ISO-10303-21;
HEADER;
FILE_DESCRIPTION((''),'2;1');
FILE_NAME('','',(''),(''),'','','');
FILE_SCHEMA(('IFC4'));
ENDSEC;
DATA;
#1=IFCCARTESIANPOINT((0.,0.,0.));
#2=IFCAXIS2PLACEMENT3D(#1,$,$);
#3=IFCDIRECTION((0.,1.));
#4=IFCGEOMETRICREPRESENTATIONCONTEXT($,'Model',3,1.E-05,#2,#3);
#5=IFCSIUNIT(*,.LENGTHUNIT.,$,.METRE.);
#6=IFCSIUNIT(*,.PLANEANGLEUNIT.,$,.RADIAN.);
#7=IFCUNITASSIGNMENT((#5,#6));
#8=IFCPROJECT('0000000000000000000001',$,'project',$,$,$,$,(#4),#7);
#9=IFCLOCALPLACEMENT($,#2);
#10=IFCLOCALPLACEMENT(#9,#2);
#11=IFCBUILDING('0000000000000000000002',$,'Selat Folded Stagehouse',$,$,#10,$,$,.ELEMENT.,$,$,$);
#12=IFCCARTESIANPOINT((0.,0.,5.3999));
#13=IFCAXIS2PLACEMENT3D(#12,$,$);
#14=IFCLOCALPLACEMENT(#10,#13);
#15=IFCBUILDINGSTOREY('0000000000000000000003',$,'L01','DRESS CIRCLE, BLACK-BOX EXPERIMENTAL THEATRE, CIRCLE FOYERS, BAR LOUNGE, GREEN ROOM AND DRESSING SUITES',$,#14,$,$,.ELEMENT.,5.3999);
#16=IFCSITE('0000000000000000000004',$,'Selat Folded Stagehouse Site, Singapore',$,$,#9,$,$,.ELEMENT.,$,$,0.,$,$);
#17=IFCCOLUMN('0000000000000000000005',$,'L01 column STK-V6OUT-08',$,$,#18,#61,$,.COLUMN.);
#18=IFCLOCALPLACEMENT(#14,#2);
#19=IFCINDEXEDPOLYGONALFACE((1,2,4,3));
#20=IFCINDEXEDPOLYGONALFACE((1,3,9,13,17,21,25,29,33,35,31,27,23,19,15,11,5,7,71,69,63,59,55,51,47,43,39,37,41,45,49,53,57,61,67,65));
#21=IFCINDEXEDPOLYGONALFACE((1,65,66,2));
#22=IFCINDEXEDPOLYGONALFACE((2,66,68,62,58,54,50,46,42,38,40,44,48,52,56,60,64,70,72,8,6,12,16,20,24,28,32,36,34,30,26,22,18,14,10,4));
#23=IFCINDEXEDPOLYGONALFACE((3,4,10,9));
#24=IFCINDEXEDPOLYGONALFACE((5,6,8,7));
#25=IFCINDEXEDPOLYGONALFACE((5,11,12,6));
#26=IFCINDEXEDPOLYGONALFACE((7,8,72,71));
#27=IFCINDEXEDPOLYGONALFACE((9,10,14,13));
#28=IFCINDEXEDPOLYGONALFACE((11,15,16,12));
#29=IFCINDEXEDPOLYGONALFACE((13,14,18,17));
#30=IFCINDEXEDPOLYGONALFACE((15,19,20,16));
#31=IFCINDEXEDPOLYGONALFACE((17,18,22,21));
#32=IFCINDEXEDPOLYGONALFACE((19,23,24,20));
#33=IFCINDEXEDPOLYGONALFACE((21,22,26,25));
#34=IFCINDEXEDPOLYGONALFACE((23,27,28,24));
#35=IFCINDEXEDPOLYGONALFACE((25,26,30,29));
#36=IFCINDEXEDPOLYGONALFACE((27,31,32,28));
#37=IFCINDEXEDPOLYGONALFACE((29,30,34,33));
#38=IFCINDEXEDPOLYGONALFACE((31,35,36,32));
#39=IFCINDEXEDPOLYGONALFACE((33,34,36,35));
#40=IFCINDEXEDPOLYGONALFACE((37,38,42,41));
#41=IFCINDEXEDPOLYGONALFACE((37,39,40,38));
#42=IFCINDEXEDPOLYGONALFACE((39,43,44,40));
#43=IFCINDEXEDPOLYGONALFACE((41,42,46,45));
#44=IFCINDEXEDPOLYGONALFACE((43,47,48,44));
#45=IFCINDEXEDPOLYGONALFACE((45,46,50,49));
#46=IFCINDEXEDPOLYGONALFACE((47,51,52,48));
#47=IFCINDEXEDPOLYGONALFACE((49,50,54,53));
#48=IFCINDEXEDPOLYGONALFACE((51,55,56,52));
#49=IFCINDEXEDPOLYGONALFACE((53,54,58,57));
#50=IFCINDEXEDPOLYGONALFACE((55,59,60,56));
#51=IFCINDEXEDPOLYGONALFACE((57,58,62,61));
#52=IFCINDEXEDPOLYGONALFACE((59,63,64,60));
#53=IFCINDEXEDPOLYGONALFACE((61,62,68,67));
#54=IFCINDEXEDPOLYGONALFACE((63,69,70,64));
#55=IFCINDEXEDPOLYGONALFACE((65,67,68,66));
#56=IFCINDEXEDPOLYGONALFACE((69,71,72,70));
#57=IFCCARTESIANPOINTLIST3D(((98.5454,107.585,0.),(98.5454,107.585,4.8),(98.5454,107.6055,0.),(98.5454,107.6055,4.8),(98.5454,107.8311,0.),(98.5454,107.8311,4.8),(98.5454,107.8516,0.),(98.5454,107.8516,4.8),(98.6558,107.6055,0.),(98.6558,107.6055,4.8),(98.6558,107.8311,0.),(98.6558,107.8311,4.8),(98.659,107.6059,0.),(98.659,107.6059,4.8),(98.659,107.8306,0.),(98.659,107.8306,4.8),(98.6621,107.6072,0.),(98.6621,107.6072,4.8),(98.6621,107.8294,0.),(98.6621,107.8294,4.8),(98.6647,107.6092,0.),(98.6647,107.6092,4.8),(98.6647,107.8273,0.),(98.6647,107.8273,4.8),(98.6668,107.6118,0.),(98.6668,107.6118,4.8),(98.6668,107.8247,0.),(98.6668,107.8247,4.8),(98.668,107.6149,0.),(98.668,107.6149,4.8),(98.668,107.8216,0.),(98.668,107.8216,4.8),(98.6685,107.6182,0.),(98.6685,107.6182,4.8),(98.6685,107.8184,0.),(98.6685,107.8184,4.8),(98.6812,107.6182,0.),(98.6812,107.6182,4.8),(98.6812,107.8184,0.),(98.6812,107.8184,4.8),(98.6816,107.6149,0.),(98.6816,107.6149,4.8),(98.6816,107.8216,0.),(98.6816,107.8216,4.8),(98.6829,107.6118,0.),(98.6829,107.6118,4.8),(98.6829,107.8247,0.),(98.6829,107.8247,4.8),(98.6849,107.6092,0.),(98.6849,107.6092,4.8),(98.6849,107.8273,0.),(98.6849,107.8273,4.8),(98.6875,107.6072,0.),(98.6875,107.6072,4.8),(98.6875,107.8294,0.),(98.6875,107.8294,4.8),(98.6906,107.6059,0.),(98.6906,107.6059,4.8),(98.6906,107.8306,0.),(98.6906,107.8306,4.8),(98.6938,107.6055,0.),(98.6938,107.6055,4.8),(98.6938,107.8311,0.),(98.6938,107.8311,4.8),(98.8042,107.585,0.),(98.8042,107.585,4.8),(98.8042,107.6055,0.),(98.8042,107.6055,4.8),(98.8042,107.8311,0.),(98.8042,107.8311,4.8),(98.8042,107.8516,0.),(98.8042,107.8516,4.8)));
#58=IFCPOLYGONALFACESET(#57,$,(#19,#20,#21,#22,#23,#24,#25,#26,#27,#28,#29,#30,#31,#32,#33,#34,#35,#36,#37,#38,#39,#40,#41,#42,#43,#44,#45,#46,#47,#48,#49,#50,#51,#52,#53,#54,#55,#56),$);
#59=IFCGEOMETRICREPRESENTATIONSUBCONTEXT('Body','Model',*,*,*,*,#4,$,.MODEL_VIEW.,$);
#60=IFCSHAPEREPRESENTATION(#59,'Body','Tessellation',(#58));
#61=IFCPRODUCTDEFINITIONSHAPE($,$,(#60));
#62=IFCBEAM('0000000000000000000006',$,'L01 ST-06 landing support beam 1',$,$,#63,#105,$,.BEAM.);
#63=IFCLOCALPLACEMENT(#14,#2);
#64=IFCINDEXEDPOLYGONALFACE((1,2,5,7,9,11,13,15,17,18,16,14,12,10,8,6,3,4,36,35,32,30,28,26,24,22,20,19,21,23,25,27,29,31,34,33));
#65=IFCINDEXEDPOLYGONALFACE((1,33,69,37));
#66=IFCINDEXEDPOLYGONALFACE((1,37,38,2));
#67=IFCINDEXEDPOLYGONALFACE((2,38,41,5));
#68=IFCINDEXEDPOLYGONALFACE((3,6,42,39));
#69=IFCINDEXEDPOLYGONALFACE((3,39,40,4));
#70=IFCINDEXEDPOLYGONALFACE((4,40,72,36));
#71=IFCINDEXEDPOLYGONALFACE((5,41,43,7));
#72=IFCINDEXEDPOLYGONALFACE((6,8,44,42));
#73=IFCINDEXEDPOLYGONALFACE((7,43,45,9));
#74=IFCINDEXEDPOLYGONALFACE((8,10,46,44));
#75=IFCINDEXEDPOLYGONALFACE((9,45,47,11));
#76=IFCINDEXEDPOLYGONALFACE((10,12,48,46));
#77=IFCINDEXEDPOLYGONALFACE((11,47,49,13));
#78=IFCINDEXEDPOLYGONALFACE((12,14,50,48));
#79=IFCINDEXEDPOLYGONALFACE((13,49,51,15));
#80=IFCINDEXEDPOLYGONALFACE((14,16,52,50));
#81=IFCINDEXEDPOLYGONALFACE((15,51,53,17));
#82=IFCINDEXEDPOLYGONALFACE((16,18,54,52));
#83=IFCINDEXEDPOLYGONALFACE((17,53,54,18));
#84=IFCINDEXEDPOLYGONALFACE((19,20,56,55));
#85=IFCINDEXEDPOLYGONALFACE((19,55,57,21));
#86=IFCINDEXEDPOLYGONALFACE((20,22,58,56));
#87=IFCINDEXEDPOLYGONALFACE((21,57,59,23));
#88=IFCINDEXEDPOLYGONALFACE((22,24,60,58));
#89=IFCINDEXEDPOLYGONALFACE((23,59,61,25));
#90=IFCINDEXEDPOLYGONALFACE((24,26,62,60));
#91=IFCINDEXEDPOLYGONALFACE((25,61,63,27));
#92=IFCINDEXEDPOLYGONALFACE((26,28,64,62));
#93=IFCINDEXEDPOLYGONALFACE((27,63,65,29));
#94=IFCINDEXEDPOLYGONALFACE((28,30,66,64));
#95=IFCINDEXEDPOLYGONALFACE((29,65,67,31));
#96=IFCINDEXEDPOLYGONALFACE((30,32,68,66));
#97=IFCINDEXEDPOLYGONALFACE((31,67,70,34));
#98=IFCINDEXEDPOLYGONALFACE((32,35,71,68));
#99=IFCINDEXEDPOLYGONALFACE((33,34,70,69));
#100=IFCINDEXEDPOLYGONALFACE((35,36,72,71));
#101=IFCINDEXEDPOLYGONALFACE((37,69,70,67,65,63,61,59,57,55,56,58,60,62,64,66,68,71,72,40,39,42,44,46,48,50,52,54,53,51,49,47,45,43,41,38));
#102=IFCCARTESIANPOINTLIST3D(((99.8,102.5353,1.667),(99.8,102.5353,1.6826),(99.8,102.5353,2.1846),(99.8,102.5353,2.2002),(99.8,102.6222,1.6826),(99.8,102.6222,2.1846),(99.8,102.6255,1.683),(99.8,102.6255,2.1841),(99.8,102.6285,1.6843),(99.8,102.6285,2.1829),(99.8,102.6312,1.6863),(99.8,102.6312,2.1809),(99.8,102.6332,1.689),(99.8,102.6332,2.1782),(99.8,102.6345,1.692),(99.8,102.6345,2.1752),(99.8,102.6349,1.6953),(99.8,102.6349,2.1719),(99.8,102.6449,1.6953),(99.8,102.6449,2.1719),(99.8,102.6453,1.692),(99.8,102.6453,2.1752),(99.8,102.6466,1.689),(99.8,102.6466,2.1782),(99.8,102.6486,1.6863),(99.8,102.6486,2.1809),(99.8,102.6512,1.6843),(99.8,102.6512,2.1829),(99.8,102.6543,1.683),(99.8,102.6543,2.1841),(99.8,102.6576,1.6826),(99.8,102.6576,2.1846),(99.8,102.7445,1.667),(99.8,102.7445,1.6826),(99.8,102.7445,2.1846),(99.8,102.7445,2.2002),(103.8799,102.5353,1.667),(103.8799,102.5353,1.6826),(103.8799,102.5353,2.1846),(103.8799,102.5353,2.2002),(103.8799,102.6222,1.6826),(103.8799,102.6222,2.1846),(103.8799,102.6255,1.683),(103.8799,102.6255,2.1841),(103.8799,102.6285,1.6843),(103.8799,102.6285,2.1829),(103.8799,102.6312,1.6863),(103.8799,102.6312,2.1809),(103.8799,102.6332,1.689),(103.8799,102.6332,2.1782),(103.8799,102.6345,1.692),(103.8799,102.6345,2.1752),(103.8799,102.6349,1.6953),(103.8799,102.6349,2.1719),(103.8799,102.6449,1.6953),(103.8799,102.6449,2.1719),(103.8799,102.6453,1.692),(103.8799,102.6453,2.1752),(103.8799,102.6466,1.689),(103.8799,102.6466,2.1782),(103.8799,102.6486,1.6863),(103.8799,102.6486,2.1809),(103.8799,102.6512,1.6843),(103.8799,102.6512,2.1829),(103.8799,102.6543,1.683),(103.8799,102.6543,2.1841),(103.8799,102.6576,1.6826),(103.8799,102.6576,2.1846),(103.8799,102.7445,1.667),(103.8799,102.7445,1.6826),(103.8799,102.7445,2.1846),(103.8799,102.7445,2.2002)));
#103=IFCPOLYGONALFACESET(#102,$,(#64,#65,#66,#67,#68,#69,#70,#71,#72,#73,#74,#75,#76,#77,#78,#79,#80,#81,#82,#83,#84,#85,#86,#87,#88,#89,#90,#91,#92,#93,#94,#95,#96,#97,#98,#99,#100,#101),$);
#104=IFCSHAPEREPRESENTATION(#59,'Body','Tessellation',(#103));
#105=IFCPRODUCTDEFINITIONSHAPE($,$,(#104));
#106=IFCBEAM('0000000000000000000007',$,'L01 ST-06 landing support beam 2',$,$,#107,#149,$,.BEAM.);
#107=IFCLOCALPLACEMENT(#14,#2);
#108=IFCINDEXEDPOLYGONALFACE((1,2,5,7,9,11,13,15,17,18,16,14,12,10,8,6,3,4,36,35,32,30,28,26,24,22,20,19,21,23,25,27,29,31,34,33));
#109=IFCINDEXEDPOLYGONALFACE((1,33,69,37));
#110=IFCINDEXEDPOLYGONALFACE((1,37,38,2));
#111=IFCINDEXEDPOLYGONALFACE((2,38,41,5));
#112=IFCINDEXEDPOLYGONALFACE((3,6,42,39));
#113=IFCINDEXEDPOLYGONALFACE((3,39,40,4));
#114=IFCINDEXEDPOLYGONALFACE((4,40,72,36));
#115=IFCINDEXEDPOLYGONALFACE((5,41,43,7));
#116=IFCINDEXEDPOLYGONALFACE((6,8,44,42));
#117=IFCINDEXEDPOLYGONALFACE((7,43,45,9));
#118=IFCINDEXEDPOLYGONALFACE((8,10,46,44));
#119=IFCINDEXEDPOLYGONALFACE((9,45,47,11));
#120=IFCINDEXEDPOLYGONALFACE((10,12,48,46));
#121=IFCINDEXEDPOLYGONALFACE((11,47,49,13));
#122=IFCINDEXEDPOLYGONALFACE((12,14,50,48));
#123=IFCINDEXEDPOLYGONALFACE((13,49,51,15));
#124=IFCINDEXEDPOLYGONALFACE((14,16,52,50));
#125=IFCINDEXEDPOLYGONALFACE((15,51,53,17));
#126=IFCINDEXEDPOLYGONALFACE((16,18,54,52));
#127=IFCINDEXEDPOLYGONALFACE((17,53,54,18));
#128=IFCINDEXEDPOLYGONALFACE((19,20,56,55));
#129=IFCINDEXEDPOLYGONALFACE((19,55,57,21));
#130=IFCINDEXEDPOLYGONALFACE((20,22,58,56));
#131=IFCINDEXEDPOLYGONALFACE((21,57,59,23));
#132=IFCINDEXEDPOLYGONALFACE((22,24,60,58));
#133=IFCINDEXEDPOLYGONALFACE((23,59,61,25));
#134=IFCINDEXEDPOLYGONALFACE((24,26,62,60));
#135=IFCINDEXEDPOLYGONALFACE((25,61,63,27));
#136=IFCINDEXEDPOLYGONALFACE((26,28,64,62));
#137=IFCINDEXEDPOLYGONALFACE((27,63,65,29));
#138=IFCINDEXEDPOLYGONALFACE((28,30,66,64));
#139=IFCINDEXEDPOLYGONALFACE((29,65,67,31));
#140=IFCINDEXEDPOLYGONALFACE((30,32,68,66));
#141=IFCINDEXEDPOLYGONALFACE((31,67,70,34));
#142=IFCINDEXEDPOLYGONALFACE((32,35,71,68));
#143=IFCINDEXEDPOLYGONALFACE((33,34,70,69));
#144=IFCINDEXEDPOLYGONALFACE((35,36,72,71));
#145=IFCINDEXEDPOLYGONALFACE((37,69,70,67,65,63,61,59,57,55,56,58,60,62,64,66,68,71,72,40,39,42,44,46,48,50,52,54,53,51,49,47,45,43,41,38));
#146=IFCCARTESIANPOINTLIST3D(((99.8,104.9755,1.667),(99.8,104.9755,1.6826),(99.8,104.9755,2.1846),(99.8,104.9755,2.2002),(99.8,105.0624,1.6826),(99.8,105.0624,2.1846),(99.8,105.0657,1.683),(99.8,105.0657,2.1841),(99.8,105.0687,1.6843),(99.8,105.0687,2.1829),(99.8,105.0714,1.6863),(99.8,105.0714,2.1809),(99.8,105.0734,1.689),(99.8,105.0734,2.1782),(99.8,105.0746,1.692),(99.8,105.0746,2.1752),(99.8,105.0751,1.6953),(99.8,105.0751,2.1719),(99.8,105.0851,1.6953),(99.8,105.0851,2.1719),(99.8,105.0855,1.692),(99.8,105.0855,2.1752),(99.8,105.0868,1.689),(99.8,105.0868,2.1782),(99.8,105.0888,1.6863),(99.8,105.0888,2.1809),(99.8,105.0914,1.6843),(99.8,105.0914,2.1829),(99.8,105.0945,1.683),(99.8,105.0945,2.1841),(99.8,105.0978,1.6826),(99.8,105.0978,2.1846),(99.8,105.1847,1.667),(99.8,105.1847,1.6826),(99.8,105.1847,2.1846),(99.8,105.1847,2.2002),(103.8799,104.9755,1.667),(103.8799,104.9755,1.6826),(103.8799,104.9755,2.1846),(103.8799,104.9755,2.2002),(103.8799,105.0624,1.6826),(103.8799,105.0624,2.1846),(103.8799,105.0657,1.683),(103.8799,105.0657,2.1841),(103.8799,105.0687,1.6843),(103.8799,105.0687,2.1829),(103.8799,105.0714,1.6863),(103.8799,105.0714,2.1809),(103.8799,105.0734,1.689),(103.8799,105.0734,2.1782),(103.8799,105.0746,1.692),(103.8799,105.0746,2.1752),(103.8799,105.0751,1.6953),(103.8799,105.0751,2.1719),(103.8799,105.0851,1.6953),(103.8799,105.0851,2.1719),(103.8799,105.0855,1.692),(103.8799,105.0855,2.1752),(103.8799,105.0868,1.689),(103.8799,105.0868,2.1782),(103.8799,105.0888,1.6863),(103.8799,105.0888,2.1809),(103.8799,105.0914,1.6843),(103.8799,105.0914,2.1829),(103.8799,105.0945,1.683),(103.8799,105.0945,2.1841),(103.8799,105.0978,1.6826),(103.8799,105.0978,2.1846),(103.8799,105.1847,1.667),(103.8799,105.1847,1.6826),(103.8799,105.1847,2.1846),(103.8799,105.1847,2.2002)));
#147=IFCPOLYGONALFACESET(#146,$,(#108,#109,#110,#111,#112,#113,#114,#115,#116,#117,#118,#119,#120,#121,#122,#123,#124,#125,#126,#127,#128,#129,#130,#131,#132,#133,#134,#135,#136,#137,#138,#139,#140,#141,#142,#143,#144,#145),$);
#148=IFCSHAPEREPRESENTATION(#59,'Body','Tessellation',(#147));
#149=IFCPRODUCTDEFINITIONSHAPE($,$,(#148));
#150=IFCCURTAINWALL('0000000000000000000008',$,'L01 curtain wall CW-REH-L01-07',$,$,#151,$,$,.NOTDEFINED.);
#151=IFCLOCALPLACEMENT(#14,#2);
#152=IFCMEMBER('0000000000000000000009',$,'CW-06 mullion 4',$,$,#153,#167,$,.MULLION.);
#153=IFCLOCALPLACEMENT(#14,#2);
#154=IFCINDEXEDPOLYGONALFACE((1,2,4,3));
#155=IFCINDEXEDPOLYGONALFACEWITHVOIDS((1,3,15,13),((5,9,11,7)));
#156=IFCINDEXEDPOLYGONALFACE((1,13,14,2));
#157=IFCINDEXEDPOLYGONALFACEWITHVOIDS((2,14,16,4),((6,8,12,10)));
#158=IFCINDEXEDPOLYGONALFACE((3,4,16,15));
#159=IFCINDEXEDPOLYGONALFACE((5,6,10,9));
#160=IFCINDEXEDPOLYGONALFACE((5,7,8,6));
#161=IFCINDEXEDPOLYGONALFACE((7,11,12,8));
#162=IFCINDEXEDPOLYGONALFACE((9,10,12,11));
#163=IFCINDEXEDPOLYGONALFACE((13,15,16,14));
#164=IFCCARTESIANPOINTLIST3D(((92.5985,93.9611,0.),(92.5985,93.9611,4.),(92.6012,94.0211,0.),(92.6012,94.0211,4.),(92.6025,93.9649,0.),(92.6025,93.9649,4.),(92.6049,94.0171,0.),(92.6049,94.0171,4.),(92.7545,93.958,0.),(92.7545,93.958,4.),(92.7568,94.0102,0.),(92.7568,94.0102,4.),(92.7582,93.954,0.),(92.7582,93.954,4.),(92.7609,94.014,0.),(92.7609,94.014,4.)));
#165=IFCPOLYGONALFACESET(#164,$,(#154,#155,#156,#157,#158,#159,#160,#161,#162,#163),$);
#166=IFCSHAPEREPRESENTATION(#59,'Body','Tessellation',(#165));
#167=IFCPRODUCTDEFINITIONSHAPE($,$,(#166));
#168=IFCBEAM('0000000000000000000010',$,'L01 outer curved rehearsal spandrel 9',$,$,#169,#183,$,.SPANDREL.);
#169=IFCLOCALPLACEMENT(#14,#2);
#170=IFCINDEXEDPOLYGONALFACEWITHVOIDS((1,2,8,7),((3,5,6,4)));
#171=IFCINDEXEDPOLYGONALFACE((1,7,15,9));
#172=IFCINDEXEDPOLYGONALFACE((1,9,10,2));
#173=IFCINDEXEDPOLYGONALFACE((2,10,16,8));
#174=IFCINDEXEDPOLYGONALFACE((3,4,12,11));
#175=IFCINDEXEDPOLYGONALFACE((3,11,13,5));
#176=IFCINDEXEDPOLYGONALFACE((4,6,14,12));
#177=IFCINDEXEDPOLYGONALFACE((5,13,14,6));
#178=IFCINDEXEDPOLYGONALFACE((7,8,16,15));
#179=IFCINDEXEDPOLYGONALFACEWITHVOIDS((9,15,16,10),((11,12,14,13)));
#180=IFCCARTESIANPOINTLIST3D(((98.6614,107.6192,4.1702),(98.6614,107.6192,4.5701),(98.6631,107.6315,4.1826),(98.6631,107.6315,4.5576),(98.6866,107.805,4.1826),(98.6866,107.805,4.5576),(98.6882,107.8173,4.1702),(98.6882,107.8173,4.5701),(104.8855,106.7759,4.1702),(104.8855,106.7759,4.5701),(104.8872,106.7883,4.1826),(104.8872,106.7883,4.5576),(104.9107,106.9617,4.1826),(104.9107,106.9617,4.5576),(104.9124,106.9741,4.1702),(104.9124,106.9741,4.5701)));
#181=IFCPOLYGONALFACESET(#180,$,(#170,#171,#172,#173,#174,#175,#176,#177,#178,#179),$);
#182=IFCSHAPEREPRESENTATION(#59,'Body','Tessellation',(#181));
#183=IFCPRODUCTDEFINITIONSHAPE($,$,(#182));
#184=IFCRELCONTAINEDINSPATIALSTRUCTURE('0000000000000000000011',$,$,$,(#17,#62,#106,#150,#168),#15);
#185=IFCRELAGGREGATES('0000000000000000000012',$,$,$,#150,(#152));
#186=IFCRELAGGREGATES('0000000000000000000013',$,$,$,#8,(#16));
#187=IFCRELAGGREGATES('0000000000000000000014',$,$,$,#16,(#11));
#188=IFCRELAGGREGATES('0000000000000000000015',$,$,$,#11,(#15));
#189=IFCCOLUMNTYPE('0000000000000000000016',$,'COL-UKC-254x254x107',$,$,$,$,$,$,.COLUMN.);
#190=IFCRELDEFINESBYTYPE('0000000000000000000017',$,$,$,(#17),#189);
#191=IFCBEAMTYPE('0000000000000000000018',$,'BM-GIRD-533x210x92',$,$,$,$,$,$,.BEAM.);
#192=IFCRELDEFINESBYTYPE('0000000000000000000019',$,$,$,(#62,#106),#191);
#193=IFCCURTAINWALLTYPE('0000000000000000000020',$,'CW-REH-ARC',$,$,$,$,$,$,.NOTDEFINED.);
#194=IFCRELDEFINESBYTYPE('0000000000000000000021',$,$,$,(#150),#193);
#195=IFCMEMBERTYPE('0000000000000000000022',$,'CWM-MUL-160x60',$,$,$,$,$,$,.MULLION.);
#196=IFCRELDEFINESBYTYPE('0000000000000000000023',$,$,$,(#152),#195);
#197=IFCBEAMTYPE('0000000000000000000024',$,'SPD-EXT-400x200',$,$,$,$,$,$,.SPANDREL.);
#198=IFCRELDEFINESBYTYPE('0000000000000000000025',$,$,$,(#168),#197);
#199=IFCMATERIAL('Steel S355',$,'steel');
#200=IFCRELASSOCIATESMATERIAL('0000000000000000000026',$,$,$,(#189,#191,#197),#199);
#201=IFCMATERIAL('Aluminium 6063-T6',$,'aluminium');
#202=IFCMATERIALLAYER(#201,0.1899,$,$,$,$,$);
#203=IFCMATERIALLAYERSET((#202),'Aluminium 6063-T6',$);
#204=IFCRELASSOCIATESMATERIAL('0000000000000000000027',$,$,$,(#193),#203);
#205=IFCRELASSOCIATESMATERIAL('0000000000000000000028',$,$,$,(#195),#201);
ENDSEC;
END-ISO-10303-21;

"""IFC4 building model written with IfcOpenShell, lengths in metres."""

from ifc_helpers import new_model, si_unit, direction, frame, origin, origin_2d, place, context, subcontext, project, spatial, hollow_rectangle, i_section, extrude, material, layer, layer_set, material_profile, profile_set, type_object, element, aggregate, save


model = new_model("IFC4")

# Units and contexts
model_context = context("Model", 3, precision=1e-05, world=origin(), true_north=direction((0.0, 1.0)))
body_context = subcontext(model_context, "Body", "Model", "MODEL_VIEW")
ifc_project = project(units=[si_unit("LENGTHUNIT", "METRE"), si_unit("PLANEANGLEUNIT", "RADIAN")], contexts=[model_context])

# Site, building, storey
site_placement = place(None, origin())
site = spatial("IfcSite", under=ifc_project, at=site_placement, Name="Selat Folded Stagehouse Site, Singapore", CompositionType="ELEMENT", RefElevation=0.0)
building_placement = place(site_placement, origin())
building = spatial("IfcBuilding", under=site, at=building_placement, Name="Selat Folded Stagehouse", CompositionType="ELEMENT")
storey_placement = place(building_placement, frame((0.0, 0.0, 5.3999)))
storey = spatial("IfcBuildingStorey", under=building, at=storey_placement, Name="L01", Description="DRESS CIRCLE, BLACK-BOX EXPERIMENTAL THEATRE, CIRCLE FOYERS, BAR LOUNGE, GREEN ROOM AND DRESSING SUITES", CompositionType="ELEMENT", Elevation=5.3999)

# Column
ifc_material_1 = material(Name="Steel S355", Category="steel")
ifc_material_profile_1 = material_profile(ifc_material_1, i_section(OverallWidth=0.2588, OverallDepth=0.2666, WebThickness=0.0127, FlangeThickness=0.0205, FilletRadius=0.0127, at=origin_2d()), Name="UKC 254x254x107")
ifc_profile_set_1 = profile_set([ifc_material_profile_1], Name="Steel S355")
column_type = type_object("IfcColumnType", Name="COL-UKC-254x254x107", PredefinedType="COLUMN", material=ifc_profile_set_1)
column_placement = place(storey_placement, frame((98.6748, 107.7183, 0.0), z_axis=(0.0, 0.0, 1.0), x_axis=(1.0, 0.0, 0.0)))
element("IfcColumn", 1, at=column_placement, inside=storey, type_object=column_type, Name="L01 column STK-V6OUT-08", PredefinedType="COLUMN", context=body_context, shape_type="SweptSolid", body=[
    extrude(i_section(OverallWidth=0.2588, OverallDepth=0.2666, WebThickness=0.0127, FlangeThickness=0.0205, FilletRadius=0.0127, at=origin_2d()), origin(), (0.0, 0.0, 1.0), 4.8),
])

# Beams
ifc_material_profile_2 = material_profile(ifc_material_1, i_section(OverallWidth=0.2092, OverallDepth=0.5332, WebThickness=0.01, FlangeThickness=0.0156, FilletRadius=0.0127, at=origin_2d()), Name="UKB 533x210x92")
ifc_profile_set_2 = profile_set([ifc_material_profile_2], Name="Steel S355")
beam_type_1 = type_object("IfcBeamType", Name="BM-GIRD-533x210x92", PredefinedType="BEAM", material=ifc_profile_set_2)
for number, where, z_axis, x_axis, name in (
    (2, (99.8, 102.6399, 1.9336), (1.0, 0.0, 0.0), (0.0, 1.0, 0.0), "L01 ST-06 landing support beam 1"),
    (3, (99.8, 105.0801, 1.9336), (1.0, 0.0, 0.0), (0.0, 1.0, 0.0), "L01 ST-06 landing support beam 2"),
):
    element("IfcBeam", number, at=place(storey_placement, frame(where, z_axis=z_axis, x_axis=x_axis)), inside=storey, type_object=beam_type_1, Name=name, PredefinedType="BEAM", context=body_context, shape_type="SweptSolid", body=[
        extrude(i_section(OverallWidth=0.2092, OverallDepth=0.5332, WebThickness=0.01, FlangeThickness=0.0156, FilletRadius=0.0127, at=origin_2d()), origin(), (0.0, 0.0, 1.0), 4.0798),
    ])

# Curtain wall, member
ifc_material_2 = material(Name="Aluminium 6063-T6", Category="aluminium")
ifc_layer_1 = layer(ifc_material_2, 0.1899)
ifc_layer_set_1 = layer_set([ifc_layer_1], Name="Aluminium 6063-T6")
curtain_wall_type = type_object("IfcCurtainWallType", Name="CW-REH-ARC", PredefinedType="NOTDEFINED", material=ifc_layer_set_1)
curtain_wall_placement = place(storey_placement, origin())
curtain_wall = element("IfcCurtainWall", 4, at=curtain_wall_placement, inside=storey, type_object=curtain_wall_type, Name="L01 curtain wall CW-REH-L01-07", PredefinedType="NOTDEFINED")
ifc_material_profile_3 = material_profile(ifc_material_2, hollow_rectangle(XDim=0.0601, YDim=0.1599, WallThickness=0.0039, at=origin_2d()), Name="ALU 160x60x4.0")
ifc_profile_set_3 = profile_set([ifc_material_profile_3], Name="Aluminium 6063-T6")
member_type = type_object("IfcMemberType", Name="CWM-MUL-160x60", PredefinedType="MULLION", material=ifc_profile_set_3)
member_placement = place(storey_placement, frame((92.6797, 93.9875, 0.0), z_axis=(0.0, 0.0, 1.0), x_axis=(-0.044862, -0.998993, 0.0)))
member = element("IfcMember", 5, at=member_placement, type_object=member_type, Name="CW-06 mullion 4", PredefinedType="MULLION", context=body_context, shape_type="SweptSolid", body=[
    extrude(hollow_rectangle(XDim=0.0601, YDim=0.1599, WallThickness=0.0039, at=origin_2d()), origin(), (0.0, 0.0, 1.0), 4.0),
])

# Beam
ifc_material_profile_4 = material_profile(ifc_material_1, hollow_rectangle(XDim=0.2, YDim=0.3999, WallThickness=0.0125, at=origin_2d()), Name="RHS 400x200x12.5")
ifc_profile_set_4 = profile_set([ifc_material_profile_4], Name="Steel S355")
beam_type_2 = type_object("IfcBeamType", Name="SPD-EXT-400x200", PredefinedType="SPANDREL", material=ifc_profile_set_4)
beam_placement = place(storey_placement, frame((98.6748, 107.7183, 4.3701), z_axis=(0.990947, -0.134256, 0.0), x_axis=(0.134256, 0.990947, 0.0)))
element("IfcBeam", 6, at=beam_placement, inside=storey, type_object=beam_type_2, Name="L01 outer curved rehearsal spandrel 9", PredefinedType="SPANDREL", context=body_context, shape_type="SweptSolid", body=[
    extrude(hollow_rectangle(XDim=0.2, YDim=0.3999, WallThickness=0.0125, at=origin_2d()), origin(), (0.0, 0.0, 1.0), 6.281),
])

aggregate(curtain_wall, [member])

save(model, "model.ifc")
